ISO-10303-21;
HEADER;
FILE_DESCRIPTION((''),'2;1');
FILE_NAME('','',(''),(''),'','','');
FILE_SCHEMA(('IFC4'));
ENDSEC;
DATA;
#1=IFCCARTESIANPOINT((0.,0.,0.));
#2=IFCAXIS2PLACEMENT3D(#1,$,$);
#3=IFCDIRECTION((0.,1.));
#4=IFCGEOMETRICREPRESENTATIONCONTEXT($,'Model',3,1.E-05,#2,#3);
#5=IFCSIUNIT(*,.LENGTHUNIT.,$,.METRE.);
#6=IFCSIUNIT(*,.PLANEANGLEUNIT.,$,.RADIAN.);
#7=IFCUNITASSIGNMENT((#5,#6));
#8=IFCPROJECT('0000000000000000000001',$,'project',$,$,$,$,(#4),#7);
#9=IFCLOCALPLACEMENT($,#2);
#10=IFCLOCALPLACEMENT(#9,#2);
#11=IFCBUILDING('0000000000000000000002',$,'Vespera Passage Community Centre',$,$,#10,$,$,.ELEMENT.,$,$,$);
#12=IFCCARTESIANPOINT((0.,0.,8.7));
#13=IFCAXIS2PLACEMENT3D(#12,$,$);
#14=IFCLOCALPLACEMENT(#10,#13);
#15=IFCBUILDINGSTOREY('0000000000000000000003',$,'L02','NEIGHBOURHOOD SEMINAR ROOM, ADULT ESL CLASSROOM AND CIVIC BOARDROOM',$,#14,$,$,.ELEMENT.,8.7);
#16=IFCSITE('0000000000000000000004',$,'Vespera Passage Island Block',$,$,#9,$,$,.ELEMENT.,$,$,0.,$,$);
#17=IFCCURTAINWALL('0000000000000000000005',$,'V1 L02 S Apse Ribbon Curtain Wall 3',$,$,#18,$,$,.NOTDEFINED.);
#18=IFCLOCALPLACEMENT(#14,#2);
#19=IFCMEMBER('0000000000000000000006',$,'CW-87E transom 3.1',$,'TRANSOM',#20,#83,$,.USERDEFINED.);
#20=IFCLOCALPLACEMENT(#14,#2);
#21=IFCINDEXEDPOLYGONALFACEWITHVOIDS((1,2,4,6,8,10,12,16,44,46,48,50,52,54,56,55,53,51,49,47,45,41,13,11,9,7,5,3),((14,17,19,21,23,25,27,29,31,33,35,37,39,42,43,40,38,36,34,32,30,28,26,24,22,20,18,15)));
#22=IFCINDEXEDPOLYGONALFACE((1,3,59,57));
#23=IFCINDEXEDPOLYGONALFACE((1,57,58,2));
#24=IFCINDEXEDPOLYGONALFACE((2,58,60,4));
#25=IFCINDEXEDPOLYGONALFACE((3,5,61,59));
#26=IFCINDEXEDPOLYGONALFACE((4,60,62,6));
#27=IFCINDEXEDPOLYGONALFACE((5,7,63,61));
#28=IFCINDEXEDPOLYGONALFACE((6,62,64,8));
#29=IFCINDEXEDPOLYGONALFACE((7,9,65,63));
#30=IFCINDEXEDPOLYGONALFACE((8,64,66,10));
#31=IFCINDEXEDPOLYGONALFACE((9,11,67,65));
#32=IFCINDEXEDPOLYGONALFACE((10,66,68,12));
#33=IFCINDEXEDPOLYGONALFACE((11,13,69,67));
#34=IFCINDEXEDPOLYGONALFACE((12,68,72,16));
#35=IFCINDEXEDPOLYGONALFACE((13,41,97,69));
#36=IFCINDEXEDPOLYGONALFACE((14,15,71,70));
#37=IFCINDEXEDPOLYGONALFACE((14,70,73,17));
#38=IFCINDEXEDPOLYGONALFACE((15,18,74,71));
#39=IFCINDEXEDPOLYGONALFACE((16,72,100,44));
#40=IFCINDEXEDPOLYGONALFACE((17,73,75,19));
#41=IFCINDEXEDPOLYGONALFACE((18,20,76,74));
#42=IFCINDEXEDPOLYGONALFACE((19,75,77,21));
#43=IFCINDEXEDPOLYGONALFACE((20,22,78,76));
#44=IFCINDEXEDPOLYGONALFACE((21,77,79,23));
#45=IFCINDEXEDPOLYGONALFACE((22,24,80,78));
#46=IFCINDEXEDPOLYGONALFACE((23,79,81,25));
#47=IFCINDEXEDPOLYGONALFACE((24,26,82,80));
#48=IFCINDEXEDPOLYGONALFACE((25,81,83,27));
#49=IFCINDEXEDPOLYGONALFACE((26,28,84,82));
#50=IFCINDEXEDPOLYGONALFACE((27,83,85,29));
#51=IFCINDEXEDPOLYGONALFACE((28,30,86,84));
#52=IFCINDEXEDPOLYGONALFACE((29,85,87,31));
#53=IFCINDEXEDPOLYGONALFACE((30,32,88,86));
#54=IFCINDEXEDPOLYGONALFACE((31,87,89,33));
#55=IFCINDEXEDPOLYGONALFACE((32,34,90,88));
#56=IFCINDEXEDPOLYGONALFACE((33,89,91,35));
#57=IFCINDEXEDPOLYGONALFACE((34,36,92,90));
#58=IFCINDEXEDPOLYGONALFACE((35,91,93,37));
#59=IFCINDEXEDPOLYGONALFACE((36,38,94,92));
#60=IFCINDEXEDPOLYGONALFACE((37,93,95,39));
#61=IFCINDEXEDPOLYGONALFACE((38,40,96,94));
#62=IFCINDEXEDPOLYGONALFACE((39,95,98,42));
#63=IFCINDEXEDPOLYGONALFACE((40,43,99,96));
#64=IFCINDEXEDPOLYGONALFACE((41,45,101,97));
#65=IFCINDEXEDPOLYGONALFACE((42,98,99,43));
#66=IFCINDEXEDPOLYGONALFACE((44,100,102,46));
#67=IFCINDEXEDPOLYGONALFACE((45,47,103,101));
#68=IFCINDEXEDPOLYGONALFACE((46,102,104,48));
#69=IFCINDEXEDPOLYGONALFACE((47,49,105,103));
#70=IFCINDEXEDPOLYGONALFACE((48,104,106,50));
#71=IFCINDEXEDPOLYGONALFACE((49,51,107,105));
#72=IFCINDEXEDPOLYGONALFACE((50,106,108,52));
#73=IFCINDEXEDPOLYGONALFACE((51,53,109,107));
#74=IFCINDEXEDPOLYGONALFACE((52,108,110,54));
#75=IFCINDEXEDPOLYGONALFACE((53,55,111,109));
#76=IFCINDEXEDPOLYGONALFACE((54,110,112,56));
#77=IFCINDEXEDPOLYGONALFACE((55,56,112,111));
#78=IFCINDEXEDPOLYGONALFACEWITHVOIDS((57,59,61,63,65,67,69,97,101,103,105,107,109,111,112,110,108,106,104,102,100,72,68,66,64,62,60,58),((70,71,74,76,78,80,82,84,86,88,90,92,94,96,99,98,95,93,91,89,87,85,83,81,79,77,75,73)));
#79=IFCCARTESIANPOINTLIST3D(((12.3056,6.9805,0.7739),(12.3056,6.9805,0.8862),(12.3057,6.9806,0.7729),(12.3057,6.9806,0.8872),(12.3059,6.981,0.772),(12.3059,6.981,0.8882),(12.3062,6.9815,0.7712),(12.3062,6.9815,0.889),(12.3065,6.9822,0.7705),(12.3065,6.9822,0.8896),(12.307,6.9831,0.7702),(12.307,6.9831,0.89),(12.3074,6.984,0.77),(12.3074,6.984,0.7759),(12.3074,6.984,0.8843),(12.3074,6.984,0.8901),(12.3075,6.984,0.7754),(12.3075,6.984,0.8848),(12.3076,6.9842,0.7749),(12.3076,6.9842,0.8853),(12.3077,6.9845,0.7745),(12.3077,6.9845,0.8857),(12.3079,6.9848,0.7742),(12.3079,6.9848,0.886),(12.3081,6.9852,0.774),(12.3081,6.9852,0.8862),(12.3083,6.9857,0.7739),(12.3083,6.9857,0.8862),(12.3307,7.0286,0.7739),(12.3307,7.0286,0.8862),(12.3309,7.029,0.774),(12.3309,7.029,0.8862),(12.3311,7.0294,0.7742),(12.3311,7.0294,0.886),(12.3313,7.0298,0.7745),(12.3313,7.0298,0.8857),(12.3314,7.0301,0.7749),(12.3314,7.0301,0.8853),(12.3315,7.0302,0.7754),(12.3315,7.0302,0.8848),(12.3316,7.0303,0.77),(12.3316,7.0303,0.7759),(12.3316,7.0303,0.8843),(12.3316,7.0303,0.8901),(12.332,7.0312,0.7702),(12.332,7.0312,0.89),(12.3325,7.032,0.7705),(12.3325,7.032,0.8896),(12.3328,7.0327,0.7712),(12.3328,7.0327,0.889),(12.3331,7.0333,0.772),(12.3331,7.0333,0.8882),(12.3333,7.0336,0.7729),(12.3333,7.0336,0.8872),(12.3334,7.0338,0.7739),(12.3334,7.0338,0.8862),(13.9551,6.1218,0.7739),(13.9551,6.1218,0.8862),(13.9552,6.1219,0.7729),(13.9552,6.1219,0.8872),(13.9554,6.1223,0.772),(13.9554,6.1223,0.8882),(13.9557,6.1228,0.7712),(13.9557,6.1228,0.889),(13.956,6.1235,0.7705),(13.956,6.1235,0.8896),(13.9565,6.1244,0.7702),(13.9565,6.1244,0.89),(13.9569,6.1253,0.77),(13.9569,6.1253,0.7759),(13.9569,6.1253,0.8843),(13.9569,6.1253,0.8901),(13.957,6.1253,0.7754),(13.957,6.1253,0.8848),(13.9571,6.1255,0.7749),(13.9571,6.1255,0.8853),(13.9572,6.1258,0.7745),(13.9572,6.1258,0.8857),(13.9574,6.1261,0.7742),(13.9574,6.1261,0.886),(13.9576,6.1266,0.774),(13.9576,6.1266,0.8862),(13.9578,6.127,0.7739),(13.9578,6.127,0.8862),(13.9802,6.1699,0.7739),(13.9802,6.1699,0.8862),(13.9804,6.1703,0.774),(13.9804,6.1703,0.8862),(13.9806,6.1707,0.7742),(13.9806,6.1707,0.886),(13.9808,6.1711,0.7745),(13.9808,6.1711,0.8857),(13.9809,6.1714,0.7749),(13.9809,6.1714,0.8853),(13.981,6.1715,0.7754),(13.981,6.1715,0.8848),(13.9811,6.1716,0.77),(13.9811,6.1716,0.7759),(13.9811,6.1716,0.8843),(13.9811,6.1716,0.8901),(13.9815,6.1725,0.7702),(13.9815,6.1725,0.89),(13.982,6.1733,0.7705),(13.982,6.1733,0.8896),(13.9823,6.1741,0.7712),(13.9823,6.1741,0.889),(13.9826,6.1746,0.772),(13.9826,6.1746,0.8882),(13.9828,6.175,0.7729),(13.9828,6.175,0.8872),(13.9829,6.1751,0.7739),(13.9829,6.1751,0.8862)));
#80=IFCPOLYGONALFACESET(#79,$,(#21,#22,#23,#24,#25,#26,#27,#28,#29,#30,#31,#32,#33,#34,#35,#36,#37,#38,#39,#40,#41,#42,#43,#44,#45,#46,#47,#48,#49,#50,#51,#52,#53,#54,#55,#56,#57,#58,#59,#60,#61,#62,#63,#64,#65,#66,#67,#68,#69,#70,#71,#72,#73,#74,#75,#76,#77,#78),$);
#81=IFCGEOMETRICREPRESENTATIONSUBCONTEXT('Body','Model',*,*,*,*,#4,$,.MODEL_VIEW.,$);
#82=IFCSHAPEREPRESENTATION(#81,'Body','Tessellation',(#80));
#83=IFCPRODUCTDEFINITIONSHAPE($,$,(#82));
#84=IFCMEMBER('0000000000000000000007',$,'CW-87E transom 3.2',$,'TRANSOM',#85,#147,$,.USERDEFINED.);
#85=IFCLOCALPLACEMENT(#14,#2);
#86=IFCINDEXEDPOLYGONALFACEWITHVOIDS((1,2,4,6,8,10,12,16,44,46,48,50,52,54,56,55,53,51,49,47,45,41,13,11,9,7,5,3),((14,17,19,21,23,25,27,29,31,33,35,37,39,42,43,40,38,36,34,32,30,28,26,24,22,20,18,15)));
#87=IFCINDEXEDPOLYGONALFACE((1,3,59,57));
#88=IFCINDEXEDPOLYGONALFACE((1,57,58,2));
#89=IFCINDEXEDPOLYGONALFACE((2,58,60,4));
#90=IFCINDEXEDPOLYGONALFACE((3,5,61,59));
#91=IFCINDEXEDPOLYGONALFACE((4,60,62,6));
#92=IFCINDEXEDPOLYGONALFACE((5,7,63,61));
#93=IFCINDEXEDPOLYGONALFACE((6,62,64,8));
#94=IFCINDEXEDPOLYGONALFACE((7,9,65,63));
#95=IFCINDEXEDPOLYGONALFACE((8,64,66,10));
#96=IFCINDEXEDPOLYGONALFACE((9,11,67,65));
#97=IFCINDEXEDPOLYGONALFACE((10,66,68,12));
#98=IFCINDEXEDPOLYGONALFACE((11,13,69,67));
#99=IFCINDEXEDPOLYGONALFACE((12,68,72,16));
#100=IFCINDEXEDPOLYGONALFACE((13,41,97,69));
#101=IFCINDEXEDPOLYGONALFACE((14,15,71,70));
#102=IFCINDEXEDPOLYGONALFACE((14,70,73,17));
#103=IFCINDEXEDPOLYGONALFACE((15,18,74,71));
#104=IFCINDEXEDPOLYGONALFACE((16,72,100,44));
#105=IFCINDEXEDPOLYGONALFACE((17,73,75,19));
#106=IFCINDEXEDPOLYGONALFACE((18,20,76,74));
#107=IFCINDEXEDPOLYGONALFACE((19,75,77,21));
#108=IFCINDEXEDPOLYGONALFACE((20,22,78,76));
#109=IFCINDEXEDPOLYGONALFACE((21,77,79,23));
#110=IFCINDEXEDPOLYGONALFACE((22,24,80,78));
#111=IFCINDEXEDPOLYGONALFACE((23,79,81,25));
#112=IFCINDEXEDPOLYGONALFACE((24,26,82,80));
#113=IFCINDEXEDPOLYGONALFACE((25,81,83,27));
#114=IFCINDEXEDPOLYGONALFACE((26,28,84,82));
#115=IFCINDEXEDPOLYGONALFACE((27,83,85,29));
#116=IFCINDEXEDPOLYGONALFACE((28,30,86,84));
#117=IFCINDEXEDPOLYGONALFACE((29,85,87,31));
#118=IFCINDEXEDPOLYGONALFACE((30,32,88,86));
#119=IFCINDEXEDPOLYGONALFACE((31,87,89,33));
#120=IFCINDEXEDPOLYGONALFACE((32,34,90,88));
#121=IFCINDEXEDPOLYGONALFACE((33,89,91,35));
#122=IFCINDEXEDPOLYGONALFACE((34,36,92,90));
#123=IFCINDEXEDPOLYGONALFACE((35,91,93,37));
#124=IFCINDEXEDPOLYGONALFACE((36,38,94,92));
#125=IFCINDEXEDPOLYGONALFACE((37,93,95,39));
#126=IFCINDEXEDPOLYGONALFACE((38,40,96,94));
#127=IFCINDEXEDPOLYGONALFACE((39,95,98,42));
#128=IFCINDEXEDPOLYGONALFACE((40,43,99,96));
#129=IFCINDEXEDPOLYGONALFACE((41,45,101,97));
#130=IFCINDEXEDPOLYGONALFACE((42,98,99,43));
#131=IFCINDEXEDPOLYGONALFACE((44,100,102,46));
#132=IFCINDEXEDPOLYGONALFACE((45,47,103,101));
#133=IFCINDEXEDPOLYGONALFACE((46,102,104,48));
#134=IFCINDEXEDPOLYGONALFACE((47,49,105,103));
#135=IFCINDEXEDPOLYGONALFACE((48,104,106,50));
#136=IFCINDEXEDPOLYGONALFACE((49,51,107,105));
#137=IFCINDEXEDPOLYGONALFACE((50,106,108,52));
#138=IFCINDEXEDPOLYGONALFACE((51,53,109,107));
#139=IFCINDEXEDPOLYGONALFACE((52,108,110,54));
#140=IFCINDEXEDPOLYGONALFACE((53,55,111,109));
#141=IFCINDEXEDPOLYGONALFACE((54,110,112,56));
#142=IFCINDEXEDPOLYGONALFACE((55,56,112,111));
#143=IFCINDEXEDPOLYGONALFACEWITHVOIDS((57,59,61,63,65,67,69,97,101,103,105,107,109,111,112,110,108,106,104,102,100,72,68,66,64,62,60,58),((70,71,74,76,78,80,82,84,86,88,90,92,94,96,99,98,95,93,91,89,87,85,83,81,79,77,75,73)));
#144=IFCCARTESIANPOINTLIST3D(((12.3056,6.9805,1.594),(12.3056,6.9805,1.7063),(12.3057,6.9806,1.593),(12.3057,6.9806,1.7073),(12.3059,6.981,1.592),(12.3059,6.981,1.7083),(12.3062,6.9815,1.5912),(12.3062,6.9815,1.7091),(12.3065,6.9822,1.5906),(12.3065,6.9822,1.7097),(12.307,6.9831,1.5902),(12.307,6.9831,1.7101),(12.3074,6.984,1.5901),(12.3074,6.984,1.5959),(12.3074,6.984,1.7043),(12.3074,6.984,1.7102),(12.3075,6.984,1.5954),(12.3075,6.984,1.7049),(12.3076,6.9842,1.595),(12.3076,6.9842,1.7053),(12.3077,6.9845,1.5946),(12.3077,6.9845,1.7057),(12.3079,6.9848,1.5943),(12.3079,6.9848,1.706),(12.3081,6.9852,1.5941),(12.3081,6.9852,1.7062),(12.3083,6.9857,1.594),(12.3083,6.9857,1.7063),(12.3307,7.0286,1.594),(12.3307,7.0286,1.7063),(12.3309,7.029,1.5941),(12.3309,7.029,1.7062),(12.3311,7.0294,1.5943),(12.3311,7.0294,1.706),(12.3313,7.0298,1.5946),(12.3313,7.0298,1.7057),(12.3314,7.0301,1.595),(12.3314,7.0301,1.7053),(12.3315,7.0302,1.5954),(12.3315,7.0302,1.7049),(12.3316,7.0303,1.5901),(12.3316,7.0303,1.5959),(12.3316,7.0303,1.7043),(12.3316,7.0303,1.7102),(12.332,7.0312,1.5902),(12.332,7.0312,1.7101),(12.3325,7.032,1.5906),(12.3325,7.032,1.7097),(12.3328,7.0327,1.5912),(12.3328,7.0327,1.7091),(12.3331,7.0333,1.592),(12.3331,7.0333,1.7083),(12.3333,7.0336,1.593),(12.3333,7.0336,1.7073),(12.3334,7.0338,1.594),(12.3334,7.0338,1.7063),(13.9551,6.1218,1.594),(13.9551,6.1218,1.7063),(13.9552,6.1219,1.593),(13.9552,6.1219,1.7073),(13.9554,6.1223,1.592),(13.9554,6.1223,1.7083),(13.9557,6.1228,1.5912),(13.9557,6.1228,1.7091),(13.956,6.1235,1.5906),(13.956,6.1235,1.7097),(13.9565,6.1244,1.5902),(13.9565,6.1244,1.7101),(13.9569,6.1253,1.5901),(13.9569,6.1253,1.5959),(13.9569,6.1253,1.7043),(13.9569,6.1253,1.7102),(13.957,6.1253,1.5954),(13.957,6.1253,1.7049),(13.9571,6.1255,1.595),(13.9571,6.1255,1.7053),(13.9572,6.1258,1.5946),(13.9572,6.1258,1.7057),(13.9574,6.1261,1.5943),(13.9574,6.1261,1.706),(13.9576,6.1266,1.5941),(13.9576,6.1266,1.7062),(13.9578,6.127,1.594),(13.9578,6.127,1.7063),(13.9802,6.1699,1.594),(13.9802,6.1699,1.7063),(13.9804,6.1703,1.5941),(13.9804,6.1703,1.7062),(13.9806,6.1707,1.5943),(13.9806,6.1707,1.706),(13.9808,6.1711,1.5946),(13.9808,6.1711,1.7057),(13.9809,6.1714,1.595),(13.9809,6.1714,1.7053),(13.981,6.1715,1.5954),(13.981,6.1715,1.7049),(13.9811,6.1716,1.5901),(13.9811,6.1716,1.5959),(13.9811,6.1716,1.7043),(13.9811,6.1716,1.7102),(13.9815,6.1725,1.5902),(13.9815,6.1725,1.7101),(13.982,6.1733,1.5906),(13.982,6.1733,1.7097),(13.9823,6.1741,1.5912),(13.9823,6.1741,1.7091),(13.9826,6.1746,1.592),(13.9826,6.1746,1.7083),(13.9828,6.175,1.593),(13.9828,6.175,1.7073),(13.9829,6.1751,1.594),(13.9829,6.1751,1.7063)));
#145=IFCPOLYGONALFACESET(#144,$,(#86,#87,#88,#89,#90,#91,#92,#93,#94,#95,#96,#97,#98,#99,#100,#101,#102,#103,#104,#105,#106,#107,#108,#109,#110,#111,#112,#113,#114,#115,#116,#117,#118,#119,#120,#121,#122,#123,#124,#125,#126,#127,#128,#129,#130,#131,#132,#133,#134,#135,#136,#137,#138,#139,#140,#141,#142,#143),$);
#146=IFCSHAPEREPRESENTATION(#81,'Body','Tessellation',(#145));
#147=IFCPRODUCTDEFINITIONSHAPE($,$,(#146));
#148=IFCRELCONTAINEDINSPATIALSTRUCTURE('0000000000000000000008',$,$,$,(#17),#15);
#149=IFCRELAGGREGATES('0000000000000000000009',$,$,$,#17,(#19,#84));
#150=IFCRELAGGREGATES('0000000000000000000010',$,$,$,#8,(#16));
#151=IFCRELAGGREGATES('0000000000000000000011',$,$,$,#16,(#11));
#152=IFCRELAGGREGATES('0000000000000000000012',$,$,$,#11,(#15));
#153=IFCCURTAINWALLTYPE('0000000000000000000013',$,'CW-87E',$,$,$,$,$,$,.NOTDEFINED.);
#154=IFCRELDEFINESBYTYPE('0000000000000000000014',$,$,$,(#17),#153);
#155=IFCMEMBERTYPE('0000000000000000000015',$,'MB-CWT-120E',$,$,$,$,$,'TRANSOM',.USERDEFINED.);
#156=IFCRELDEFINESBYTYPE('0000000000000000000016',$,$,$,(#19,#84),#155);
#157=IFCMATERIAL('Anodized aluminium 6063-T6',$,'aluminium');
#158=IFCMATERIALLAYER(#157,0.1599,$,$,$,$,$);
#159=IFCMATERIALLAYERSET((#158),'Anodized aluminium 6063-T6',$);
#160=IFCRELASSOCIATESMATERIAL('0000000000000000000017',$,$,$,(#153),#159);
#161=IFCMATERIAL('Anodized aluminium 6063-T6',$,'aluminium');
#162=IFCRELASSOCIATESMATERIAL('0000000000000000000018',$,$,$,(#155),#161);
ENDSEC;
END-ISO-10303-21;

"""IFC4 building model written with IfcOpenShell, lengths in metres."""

from ifc_helpers import new_model, si_unit, direction, frame, origin, origin_2d, place, context, subcontext, project, spatial, hollow_rectangle, extrude, material, layer, layer_set, material_profile, profile_set, type_object, element, aggregate, save


model = new_model("IFC4")

# Units and contexts
model_context = context("Model", 3, precision=1e-05, world=origin(), true_north=direction((0.0, 1.0)))
body_context = subcontext(model_context, "Body", "Model", "MODEL_VIEW")
ifc_project = project(units=[si_unit("LENGTHUNIT", "METRE"), si_unit("PLANEANGLEUNIT", "RADIAN")], contexts=[model_context])

# Site, building, storey
site_placement = place(None, origin())
site = spatial("IfcSite", under=ifc_project, at=site_placement, Name="Vespera Passage Island Block", CompositionType="ELEMENT", RefElevation=0.0)
building_placement = place(site_placement, origin())
building = spatial("IfcBuilding", under=site, at=building_placement, Name="Vespera Passage Community Centre", CompositionType="ELEMENT")
storey_placement = place(building_placement, frame((0.0, 0.0, 8.7)))
storey = spatial("IfcBuildingStorey", under=building, at=storey_placement, Name="L02", Description="NEIGHBOURHOOD SEMINAR ROOM, ADULT ESL CLASSROOM AND CIVIC BOARDROOM", CompositionType="ELEMENT", Elevation=8.7)

# Curtain wall, members
ifc_material_1 = material(Name="Anodized aluminium 6063-T6", Category="aluminium")
ifc_layer_1 = layer(ifc_material_1, 0.1599)
ifc_layer_set_1 = layer_set([ifc_layer_1], Name="Anodized aluminium 6063-T6")
curtain_wall_type = type_object("IfcCurtainWallType", Name="CW-87E", PredefinedType="NOTDEFINED", material=ifc_layer_set_1)
curtain_wall_placement = place(storey_placement, origin())
curtain_wall = element("IfcCurtainWall", 1, at=curtain_wall_placement, inside=storey, type_object=curtain_wall_type, Name="V1 L02 S Apse Ribbon Curtain Wall 3", PredefinedType="NOTDEFINED")
ifc_material_2 = material(Name="Anodized aluminium 6063-T6", Category="aluminium")
ifc_material_profile_1 = material_profile(ifc_material_2, hollow_rectangle(XDim=0.0601, YDim=0.1201, WallThickness=0.0039, InnerFilletRadius=0.002, OuterFilletRadius=0.0039, at=origin_2d()), Name="ALU120X60X4")
ifc_profile_set_1 = profile_set([ifc_material_profile_1], Name="Anodized aluminium 6063-T6")
member_type_1 = type_object("IfcMemberType", Name="MB-CWT-120E", ElementType="TRANSOM", PredefinedType="USERDEFINED", material=ifc_profile_set_1)
member_1_placement = place(storey_placement, frame((13.969, 6.1484, 0.8301), z_axis=(-0.887008, 0.461754, 0.0), x_axis=(-0.461754, -0.887008, 0.0)))
member_1 = element("IfcMember", 2, at=member_1_placement, type_object=member_type_1, Name="CW-87E transom 3.1", ObjectType="TRANSOM", PredefinedType="USERDEFINED", context=body_context, shape_type="SweptSolid", body=[
    extrude(hollow_rectangle(XDim=0.0601, YDim=0.1201, WallThickness=0.0039, InnerFilletRadius=0.002, OuterFilletRadius=0.0039, at=origin_2d()), origin(), (0.0, 0.0, 1.0), 1.8596),
])
member_2_placement = place(storey_placement, frame((13.969, 6.1484, 1.6501), z_axis=(-0.887008, 0.461754, 0.0), x_axis=(-0.461754, -0.887008, 0.0)))
member_2 = element("IfcMember", 3, at=member_2_placement, type_object=member_type_1, Name="CW-87E transom 3.2", ObjectType="TRANSOM", PredefinedType="USERDEFINED", context=body_context, shape_type="SweptSolid", body=[
    extrude(hollow_rectangle(XDim=0.0601, YDim=0.1201, WallThickness=0.0039, InnerFilletRadius=0.002, OuterFilletRadius=0.0039, at=origin_2d()), origin(), (0.0, 0.0, 1.0), 1.8596),
])
aggregate(curtain_wall, [member_1, member_2])

save(model, "model.ifc")
